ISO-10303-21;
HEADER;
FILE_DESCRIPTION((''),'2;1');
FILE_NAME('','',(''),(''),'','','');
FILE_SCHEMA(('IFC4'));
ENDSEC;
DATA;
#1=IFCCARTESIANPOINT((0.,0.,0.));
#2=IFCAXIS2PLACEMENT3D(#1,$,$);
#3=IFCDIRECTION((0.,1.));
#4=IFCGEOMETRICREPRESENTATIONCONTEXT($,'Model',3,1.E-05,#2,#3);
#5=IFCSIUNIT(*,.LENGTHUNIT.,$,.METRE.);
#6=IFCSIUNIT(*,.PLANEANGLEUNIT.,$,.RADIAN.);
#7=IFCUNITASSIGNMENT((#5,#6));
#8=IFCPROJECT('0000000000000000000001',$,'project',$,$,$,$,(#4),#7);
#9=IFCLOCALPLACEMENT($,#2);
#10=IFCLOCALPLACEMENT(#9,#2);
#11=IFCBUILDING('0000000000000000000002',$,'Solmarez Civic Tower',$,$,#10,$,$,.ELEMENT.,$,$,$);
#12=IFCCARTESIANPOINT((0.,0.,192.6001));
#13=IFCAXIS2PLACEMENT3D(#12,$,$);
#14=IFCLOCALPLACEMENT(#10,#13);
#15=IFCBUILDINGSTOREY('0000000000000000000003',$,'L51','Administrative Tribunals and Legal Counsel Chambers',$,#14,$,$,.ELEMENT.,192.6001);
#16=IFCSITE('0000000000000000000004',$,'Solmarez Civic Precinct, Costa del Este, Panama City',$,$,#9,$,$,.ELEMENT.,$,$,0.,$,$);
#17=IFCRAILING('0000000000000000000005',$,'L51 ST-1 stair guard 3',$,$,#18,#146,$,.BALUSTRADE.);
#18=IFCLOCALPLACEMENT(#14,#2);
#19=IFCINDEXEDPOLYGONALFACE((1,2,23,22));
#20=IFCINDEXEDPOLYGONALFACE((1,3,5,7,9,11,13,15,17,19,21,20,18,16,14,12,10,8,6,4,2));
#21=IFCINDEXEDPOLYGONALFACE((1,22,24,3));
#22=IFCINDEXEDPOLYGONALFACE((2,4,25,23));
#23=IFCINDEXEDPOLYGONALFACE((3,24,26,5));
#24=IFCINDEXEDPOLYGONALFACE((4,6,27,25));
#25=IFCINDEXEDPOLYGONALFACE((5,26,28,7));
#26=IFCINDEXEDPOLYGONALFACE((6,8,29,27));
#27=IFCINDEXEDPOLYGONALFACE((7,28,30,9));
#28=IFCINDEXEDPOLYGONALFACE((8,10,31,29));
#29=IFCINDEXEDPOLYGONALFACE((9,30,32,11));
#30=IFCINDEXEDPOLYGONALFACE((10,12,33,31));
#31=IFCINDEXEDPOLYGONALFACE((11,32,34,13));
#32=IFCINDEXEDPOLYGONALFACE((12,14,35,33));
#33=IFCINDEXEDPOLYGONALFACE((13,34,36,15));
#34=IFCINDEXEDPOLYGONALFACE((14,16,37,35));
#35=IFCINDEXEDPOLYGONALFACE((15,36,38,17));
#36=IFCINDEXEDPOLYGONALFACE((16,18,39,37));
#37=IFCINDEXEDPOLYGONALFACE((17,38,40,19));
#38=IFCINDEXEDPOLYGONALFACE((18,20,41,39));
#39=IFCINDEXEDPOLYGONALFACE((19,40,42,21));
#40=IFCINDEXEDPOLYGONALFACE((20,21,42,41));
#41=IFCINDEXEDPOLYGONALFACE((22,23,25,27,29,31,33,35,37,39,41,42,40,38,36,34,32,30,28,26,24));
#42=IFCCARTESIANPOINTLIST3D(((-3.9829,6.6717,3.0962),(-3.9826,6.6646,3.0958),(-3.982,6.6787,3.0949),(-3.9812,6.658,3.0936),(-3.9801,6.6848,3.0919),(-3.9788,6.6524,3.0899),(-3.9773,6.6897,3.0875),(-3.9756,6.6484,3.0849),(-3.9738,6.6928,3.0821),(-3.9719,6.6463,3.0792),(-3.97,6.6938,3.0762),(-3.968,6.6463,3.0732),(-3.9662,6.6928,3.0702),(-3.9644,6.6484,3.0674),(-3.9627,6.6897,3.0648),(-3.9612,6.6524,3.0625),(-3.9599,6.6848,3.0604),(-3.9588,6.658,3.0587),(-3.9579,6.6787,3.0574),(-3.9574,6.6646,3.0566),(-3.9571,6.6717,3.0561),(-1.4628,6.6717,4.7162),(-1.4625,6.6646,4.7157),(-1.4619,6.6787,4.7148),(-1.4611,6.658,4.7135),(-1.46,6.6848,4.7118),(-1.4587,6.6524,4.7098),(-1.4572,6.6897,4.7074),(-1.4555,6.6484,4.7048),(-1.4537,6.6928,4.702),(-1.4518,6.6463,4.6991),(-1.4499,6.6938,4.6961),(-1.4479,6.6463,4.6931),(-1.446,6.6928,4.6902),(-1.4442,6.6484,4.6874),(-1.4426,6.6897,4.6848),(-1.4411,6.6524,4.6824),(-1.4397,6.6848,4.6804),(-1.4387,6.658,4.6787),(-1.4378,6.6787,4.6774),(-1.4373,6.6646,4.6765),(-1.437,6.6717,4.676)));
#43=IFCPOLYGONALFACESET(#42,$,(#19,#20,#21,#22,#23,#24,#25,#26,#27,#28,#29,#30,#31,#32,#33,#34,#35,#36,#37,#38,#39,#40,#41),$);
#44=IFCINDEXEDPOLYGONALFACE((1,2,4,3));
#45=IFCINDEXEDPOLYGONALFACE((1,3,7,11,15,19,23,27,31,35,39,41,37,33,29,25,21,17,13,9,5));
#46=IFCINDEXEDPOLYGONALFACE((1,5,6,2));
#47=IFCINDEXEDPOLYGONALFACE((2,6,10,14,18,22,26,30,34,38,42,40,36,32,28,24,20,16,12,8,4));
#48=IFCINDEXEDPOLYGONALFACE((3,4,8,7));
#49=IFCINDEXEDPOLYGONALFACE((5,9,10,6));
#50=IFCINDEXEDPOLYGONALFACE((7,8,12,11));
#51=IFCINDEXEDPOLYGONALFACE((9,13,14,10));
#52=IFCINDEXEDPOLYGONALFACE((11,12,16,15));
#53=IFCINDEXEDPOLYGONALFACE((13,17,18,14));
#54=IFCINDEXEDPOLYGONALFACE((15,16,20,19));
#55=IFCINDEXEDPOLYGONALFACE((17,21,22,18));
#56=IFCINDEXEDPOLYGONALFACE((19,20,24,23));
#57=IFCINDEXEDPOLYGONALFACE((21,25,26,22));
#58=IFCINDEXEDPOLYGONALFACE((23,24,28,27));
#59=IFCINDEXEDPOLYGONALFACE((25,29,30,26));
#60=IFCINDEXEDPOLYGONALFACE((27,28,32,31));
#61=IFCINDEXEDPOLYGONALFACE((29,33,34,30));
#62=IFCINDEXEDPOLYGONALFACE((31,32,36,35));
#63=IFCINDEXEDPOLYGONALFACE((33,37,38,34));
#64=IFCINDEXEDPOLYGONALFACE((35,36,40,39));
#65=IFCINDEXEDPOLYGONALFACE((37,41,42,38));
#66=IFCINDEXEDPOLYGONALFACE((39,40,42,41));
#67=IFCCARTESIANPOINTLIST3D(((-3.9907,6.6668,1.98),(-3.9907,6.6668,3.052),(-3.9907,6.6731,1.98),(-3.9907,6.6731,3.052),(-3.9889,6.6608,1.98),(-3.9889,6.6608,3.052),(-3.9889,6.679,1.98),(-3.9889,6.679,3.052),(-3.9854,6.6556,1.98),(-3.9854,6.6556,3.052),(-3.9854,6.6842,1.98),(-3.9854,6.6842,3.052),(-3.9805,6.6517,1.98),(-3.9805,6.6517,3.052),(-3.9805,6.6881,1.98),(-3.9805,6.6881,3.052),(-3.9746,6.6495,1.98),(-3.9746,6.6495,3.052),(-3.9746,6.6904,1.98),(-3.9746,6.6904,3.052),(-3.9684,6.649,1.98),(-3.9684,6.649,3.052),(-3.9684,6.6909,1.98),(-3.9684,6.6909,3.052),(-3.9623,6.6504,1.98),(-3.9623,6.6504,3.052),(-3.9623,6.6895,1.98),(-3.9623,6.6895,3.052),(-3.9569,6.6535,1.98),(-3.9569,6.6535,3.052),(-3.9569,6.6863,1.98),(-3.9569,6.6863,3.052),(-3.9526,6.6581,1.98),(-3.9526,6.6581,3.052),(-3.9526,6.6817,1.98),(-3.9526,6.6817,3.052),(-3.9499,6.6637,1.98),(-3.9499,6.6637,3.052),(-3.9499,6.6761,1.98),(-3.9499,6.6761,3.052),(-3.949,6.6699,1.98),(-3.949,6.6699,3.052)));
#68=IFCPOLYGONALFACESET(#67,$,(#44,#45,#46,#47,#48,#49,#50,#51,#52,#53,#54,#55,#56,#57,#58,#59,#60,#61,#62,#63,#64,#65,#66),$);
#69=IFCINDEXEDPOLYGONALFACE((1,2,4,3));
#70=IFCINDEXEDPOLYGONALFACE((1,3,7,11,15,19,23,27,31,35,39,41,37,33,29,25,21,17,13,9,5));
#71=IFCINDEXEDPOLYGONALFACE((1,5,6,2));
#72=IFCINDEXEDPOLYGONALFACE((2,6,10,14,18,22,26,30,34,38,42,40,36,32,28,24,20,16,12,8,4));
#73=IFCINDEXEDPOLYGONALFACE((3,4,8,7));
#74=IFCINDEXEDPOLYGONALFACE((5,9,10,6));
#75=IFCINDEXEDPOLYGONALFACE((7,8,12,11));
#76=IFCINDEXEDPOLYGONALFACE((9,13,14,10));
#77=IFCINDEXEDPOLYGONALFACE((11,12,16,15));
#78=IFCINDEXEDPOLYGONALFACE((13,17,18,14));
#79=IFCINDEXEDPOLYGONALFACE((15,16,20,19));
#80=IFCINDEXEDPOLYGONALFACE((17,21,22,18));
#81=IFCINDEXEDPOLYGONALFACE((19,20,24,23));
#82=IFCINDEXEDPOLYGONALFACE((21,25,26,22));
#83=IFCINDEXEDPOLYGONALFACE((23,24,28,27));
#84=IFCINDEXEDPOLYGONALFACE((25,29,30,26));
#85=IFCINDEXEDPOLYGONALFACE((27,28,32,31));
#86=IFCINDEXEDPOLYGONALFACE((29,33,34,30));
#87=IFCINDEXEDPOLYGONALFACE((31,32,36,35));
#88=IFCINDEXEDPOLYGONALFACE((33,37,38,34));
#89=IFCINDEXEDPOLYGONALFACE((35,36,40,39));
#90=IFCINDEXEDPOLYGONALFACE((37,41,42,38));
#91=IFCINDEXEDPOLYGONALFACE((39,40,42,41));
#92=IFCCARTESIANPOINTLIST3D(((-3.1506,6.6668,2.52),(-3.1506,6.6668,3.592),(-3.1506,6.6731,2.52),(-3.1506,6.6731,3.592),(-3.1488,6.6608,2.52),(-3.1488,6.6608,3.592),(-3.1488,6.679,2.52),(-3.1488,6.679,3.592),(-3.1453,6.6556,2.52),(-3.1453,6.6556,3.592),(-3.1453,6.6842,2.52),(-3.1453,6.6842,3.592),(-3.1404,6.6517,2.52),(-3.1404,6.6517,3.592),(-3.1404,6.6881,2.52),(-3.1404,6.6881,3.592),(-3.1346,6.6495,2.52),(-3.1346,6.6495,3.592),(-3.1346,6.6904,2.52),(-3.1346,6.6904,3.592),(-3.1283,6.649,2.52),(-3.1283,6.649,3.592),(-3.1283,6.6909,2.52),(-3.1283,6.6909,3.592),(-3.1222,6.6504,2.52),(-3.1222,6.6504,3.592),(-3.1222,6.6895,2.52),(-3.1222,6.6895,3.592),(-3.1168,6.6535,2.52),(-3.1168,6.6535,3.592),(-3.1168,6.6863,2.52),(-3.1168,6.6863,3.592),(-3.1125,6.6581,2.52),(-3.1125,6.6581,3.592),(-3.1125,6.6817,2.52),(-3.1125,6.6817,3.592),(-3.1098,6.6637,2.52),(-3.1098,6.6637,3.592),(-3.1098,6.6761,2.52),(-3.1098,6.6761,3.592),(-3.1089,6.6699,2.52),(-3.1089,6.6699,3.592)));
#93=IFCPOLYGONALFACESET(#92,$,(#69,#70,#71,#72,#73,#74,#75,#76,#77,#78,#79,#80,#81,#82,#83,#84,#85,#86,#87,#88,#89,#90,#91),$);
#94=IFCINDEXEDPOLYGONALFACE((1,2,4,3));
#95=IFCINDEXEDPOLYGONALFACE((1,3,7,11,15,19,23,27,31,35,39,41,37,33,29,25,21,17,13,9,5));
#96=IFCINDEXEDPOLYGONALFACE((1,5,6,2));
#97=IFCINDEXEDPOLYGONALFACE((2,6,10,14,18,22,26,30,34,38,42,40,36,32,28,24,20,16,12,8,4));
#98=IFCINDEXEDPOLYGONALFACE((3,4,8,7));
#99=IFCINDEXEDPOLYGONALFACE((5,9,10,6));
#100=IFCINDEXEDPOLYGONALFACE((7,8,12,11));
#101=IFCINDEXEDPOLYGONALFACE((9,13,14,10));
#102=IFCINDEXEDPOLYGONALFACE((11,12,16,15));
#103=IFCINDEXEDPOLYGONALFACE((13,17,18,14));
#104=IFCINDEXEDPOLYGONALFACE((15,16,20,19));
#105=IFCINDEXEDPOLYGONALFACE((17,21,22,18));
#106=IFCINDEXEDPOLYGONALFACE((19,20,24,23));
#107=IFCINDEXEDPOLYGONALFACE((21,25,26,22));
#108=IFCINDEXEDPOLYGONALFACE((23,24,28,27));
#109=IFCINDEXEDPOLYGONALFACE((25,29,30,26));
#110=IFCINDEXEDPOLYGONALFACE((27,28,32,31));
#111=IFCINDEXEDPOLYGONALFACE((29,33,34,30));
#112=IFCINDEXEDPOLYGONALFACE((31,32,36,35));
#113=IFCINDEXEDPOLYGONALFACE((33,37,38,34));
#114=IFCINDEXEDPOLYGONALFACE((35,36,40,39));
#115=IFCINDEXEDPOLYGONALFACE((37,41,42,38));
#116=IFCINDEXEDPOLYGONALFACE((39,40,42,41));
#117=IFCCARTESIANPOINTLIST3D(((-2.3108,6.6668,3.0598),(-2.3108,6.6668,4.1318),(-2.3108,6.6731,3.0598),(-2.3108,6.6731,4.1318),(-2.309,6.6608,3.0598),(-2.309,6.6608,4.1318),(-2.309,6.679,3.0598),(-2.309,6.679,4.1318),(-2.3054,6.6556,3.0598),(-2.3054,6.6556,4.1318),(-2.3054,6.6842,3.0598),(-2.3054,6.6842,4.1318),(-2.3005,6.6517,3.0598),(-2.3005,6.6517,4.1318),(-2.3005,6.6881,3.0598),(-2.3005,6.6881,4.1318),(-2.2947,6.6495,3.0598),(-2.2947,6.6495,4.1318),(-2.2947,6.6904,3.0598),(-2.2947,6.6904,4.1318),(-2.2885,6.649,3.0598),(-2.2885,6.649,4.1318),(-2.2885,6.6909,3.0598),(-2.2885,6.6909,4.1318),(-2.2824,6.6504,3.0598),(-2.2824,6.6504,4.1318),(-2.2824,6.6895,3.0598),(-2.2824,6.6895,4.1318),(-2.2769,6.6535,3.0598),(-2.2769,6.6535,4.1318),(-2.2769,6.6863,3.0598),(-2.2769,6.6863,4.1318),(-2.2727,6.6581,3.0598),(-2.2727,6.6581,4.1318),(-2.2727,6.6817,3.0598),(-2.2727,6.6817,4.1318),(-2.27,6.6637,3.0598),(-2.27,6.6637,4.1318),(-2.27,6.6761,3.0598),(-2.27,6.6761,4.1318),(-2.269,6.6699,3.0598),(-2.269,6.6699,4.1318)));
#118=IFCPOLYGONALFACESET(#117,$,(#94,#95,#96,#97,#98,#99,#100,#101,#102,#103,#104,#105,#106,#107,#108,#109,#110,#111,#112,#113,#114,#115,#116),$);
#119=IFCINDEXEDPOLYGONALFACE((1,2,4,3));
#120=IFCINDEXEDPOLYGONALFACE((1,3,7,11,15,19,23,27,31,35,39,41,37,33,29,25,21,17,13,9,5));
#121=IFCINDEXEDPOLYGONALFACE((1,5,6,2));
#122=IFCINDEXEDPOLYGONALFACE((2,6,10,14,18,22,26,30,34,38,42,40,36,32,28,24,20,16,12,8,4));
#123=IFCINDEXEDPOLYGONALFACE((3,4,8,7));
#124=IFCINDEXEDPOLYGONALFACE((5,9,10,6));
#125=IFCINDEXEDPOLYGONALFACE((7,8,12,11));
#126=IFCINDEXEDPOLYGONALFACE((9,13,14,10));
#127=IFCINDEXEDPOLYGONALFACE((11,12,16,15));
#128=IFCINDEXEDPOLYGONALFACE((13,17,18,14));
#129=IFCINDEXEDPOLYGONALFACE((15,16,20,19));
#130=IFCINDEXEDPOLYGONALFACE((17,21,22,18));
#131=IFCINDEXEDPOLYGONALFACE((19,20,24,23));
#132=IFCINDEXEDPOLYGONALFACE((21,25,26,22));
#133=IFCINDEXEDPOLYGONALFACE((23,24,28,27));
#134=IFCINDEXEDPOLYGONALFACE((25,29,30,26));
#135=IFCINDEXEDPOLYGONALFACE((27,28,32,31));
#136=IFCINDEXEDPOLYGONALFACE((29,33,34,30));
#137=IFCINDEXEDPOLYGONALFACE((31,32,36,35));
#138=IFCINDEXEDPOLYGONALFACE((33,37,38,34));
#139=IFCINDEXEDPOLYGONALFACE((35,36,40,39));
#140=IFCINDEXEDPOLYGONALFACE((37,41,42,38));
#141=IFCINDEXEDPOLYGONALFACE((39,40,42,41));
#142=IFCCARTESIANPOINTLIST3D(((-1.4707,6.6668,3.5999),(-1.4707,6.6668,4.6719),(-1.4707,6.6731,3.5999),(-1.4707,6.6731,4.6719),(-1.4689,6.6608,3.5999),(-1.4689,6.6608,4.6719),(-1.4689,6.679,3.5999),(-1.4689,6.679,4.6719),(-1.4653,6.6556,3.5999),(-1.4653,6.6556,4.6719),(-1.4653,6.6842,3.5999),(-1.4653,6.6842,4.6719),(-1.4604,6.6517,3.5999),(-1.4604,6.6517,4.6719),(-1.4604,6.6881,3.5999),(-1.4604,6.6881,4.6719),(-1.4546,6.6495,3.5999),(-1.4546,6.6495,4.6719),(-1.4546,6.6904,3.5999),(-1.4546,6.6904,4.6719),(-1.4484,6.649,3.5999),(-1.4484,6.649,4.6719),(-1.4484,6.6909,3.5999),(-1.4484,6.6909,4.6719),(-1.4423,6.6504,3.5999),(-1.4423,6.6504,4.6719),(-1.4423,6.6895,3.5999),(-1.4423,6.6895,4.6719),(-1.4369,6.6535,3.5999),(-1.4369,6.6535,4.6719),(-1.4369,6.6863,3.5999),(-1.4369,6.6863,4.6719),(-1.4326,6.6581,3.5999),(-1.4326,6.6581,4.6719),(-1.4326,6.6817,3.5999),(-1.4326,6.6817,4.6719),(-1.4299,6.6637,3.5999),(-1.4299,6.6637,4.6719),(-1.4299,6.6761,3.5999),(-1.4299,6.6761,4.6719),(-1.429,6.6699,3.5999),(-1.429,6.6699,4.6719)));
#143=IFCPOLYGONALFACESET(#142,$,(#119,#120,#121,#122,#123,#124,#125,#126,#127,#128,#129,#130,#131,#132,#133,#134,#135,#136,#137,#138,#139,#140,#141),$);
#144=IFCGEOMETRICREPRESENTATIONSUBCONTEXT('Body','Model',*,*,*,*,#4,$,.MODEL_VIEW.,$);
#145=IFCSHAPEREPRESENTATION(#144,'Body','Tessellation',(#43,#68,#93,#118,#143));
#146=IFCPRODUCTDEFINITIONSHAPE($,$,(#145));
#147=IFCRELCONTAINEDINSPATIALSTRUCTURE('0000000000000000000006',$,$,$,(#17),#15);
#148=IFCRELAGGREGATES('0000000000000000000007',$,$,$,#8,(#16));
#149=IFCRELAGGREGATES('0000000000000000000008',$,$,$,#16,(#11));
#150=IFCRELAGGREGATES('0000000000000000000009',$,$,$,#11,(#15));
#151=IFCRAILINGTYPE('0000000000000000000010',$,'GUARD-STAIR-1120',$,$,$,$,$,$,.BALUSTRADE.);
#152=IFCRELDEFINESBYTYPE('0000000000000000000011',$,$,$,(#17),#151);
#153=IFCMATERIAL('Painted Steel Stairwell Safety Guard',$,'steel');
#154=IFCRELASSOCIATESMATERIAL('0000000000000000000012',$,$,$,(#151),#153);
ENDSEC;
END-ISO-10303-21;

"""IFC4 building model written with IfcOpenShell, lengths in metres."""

from ifc_helpers import new_model, si_unit, direction, frame, origin, origin_2d, place, context, subcontext, project, spatial, circle, extrude, material, type_object, element, save


model = new_model("IFC4")

# Units and contexts
model_context = context("Model", 3, precision=1e-05, world=origin(), true_north=direction((0.0, 1.0)))
body_context = subcontext(model_context, "Body", "Model", "MODEL_VIEW")
ifc_project = project(units=[si_unit("LENGTHUNIT", "METRE"), si_unit("PLANEANGLEUNIT", "RADIAN")], contexts=[model_context])

# Site, building, storey
site_placement = place(None, origin())
site = spatial("IfcSite", under=ifc_project, at=site_placement, Name="Solmarez Civic Precinct, Costa del Este, Panama City", CompositionType="ELEMENT", RefElevation=0.0)
building_placement = place(site_placement, origin())
building = spatial("IfcBuilding", under=site, at=building_placement, Name="Solmarez Civic Tower", CompositionType="ELEMENT")
storey_placement = place(building_placement, frame((0.0, 0.0, 192.6001)))
storey = spatial("IfcBuildingStorey", under=building, at=storey_placement, Name="L51", Description="Administrative Tribunals and Legal Counsel Chambers", CompositionType="ELEMENT", Elevation=192.6001)

# Railing
ifc_material_1 = material(Name="Painted Steel Stairwell Safety Guard", Category="steel")
railing_type = type_object("IfcRailingType", Name="GUARD-STAIR-1120", PredefinedType="BALUSTRADE", material=ifc_material_1)
railing_1_placement = place(storey_placement, frame((-3.97, 6.6699, 1.98)))
element("IfcRailing", 1, at=railing_1_placement, inside=storey, type_object=railing_type, Name="L51 ST-1 stair guard 3", PredefinedType="BALUSTRADE", context=body_context, shape_type="SweptSolid", body=[
    extrude(circle(Radius=0.0239, at=origin_2d()), frame((0.0, 0.0, 1.0962), z_axis=(0.8412, 0.0, 0.540725), x_axis=(0.0, 1.0, 0.0)), (0.0, 0.0, 1.0), 2.9958),
    extrude(circle(Radius=0.021, at=origin_2d()), origin(), (0.0, 0.0, 1.0), 1.072),
    extrude(circle(Radius=0.021, at=origin_2d()), frame((0.8401, 0.0, 0.54)), (0.0, 0.0, 1.0), 1.072),
    extrude(circle(Radius=0.021, at=origin_2d()), frame((1.6799, 0.0, 1.0798)), (0.0, 0.0, 1.0), 1.072),
    extrude(circle(Radius=0.021, at=origin_2d()), frame((2.52, 0.0, 1.6199)), (0.0, 0.0, 1.0), 1.072),
])

save(model, "model.ifc")
